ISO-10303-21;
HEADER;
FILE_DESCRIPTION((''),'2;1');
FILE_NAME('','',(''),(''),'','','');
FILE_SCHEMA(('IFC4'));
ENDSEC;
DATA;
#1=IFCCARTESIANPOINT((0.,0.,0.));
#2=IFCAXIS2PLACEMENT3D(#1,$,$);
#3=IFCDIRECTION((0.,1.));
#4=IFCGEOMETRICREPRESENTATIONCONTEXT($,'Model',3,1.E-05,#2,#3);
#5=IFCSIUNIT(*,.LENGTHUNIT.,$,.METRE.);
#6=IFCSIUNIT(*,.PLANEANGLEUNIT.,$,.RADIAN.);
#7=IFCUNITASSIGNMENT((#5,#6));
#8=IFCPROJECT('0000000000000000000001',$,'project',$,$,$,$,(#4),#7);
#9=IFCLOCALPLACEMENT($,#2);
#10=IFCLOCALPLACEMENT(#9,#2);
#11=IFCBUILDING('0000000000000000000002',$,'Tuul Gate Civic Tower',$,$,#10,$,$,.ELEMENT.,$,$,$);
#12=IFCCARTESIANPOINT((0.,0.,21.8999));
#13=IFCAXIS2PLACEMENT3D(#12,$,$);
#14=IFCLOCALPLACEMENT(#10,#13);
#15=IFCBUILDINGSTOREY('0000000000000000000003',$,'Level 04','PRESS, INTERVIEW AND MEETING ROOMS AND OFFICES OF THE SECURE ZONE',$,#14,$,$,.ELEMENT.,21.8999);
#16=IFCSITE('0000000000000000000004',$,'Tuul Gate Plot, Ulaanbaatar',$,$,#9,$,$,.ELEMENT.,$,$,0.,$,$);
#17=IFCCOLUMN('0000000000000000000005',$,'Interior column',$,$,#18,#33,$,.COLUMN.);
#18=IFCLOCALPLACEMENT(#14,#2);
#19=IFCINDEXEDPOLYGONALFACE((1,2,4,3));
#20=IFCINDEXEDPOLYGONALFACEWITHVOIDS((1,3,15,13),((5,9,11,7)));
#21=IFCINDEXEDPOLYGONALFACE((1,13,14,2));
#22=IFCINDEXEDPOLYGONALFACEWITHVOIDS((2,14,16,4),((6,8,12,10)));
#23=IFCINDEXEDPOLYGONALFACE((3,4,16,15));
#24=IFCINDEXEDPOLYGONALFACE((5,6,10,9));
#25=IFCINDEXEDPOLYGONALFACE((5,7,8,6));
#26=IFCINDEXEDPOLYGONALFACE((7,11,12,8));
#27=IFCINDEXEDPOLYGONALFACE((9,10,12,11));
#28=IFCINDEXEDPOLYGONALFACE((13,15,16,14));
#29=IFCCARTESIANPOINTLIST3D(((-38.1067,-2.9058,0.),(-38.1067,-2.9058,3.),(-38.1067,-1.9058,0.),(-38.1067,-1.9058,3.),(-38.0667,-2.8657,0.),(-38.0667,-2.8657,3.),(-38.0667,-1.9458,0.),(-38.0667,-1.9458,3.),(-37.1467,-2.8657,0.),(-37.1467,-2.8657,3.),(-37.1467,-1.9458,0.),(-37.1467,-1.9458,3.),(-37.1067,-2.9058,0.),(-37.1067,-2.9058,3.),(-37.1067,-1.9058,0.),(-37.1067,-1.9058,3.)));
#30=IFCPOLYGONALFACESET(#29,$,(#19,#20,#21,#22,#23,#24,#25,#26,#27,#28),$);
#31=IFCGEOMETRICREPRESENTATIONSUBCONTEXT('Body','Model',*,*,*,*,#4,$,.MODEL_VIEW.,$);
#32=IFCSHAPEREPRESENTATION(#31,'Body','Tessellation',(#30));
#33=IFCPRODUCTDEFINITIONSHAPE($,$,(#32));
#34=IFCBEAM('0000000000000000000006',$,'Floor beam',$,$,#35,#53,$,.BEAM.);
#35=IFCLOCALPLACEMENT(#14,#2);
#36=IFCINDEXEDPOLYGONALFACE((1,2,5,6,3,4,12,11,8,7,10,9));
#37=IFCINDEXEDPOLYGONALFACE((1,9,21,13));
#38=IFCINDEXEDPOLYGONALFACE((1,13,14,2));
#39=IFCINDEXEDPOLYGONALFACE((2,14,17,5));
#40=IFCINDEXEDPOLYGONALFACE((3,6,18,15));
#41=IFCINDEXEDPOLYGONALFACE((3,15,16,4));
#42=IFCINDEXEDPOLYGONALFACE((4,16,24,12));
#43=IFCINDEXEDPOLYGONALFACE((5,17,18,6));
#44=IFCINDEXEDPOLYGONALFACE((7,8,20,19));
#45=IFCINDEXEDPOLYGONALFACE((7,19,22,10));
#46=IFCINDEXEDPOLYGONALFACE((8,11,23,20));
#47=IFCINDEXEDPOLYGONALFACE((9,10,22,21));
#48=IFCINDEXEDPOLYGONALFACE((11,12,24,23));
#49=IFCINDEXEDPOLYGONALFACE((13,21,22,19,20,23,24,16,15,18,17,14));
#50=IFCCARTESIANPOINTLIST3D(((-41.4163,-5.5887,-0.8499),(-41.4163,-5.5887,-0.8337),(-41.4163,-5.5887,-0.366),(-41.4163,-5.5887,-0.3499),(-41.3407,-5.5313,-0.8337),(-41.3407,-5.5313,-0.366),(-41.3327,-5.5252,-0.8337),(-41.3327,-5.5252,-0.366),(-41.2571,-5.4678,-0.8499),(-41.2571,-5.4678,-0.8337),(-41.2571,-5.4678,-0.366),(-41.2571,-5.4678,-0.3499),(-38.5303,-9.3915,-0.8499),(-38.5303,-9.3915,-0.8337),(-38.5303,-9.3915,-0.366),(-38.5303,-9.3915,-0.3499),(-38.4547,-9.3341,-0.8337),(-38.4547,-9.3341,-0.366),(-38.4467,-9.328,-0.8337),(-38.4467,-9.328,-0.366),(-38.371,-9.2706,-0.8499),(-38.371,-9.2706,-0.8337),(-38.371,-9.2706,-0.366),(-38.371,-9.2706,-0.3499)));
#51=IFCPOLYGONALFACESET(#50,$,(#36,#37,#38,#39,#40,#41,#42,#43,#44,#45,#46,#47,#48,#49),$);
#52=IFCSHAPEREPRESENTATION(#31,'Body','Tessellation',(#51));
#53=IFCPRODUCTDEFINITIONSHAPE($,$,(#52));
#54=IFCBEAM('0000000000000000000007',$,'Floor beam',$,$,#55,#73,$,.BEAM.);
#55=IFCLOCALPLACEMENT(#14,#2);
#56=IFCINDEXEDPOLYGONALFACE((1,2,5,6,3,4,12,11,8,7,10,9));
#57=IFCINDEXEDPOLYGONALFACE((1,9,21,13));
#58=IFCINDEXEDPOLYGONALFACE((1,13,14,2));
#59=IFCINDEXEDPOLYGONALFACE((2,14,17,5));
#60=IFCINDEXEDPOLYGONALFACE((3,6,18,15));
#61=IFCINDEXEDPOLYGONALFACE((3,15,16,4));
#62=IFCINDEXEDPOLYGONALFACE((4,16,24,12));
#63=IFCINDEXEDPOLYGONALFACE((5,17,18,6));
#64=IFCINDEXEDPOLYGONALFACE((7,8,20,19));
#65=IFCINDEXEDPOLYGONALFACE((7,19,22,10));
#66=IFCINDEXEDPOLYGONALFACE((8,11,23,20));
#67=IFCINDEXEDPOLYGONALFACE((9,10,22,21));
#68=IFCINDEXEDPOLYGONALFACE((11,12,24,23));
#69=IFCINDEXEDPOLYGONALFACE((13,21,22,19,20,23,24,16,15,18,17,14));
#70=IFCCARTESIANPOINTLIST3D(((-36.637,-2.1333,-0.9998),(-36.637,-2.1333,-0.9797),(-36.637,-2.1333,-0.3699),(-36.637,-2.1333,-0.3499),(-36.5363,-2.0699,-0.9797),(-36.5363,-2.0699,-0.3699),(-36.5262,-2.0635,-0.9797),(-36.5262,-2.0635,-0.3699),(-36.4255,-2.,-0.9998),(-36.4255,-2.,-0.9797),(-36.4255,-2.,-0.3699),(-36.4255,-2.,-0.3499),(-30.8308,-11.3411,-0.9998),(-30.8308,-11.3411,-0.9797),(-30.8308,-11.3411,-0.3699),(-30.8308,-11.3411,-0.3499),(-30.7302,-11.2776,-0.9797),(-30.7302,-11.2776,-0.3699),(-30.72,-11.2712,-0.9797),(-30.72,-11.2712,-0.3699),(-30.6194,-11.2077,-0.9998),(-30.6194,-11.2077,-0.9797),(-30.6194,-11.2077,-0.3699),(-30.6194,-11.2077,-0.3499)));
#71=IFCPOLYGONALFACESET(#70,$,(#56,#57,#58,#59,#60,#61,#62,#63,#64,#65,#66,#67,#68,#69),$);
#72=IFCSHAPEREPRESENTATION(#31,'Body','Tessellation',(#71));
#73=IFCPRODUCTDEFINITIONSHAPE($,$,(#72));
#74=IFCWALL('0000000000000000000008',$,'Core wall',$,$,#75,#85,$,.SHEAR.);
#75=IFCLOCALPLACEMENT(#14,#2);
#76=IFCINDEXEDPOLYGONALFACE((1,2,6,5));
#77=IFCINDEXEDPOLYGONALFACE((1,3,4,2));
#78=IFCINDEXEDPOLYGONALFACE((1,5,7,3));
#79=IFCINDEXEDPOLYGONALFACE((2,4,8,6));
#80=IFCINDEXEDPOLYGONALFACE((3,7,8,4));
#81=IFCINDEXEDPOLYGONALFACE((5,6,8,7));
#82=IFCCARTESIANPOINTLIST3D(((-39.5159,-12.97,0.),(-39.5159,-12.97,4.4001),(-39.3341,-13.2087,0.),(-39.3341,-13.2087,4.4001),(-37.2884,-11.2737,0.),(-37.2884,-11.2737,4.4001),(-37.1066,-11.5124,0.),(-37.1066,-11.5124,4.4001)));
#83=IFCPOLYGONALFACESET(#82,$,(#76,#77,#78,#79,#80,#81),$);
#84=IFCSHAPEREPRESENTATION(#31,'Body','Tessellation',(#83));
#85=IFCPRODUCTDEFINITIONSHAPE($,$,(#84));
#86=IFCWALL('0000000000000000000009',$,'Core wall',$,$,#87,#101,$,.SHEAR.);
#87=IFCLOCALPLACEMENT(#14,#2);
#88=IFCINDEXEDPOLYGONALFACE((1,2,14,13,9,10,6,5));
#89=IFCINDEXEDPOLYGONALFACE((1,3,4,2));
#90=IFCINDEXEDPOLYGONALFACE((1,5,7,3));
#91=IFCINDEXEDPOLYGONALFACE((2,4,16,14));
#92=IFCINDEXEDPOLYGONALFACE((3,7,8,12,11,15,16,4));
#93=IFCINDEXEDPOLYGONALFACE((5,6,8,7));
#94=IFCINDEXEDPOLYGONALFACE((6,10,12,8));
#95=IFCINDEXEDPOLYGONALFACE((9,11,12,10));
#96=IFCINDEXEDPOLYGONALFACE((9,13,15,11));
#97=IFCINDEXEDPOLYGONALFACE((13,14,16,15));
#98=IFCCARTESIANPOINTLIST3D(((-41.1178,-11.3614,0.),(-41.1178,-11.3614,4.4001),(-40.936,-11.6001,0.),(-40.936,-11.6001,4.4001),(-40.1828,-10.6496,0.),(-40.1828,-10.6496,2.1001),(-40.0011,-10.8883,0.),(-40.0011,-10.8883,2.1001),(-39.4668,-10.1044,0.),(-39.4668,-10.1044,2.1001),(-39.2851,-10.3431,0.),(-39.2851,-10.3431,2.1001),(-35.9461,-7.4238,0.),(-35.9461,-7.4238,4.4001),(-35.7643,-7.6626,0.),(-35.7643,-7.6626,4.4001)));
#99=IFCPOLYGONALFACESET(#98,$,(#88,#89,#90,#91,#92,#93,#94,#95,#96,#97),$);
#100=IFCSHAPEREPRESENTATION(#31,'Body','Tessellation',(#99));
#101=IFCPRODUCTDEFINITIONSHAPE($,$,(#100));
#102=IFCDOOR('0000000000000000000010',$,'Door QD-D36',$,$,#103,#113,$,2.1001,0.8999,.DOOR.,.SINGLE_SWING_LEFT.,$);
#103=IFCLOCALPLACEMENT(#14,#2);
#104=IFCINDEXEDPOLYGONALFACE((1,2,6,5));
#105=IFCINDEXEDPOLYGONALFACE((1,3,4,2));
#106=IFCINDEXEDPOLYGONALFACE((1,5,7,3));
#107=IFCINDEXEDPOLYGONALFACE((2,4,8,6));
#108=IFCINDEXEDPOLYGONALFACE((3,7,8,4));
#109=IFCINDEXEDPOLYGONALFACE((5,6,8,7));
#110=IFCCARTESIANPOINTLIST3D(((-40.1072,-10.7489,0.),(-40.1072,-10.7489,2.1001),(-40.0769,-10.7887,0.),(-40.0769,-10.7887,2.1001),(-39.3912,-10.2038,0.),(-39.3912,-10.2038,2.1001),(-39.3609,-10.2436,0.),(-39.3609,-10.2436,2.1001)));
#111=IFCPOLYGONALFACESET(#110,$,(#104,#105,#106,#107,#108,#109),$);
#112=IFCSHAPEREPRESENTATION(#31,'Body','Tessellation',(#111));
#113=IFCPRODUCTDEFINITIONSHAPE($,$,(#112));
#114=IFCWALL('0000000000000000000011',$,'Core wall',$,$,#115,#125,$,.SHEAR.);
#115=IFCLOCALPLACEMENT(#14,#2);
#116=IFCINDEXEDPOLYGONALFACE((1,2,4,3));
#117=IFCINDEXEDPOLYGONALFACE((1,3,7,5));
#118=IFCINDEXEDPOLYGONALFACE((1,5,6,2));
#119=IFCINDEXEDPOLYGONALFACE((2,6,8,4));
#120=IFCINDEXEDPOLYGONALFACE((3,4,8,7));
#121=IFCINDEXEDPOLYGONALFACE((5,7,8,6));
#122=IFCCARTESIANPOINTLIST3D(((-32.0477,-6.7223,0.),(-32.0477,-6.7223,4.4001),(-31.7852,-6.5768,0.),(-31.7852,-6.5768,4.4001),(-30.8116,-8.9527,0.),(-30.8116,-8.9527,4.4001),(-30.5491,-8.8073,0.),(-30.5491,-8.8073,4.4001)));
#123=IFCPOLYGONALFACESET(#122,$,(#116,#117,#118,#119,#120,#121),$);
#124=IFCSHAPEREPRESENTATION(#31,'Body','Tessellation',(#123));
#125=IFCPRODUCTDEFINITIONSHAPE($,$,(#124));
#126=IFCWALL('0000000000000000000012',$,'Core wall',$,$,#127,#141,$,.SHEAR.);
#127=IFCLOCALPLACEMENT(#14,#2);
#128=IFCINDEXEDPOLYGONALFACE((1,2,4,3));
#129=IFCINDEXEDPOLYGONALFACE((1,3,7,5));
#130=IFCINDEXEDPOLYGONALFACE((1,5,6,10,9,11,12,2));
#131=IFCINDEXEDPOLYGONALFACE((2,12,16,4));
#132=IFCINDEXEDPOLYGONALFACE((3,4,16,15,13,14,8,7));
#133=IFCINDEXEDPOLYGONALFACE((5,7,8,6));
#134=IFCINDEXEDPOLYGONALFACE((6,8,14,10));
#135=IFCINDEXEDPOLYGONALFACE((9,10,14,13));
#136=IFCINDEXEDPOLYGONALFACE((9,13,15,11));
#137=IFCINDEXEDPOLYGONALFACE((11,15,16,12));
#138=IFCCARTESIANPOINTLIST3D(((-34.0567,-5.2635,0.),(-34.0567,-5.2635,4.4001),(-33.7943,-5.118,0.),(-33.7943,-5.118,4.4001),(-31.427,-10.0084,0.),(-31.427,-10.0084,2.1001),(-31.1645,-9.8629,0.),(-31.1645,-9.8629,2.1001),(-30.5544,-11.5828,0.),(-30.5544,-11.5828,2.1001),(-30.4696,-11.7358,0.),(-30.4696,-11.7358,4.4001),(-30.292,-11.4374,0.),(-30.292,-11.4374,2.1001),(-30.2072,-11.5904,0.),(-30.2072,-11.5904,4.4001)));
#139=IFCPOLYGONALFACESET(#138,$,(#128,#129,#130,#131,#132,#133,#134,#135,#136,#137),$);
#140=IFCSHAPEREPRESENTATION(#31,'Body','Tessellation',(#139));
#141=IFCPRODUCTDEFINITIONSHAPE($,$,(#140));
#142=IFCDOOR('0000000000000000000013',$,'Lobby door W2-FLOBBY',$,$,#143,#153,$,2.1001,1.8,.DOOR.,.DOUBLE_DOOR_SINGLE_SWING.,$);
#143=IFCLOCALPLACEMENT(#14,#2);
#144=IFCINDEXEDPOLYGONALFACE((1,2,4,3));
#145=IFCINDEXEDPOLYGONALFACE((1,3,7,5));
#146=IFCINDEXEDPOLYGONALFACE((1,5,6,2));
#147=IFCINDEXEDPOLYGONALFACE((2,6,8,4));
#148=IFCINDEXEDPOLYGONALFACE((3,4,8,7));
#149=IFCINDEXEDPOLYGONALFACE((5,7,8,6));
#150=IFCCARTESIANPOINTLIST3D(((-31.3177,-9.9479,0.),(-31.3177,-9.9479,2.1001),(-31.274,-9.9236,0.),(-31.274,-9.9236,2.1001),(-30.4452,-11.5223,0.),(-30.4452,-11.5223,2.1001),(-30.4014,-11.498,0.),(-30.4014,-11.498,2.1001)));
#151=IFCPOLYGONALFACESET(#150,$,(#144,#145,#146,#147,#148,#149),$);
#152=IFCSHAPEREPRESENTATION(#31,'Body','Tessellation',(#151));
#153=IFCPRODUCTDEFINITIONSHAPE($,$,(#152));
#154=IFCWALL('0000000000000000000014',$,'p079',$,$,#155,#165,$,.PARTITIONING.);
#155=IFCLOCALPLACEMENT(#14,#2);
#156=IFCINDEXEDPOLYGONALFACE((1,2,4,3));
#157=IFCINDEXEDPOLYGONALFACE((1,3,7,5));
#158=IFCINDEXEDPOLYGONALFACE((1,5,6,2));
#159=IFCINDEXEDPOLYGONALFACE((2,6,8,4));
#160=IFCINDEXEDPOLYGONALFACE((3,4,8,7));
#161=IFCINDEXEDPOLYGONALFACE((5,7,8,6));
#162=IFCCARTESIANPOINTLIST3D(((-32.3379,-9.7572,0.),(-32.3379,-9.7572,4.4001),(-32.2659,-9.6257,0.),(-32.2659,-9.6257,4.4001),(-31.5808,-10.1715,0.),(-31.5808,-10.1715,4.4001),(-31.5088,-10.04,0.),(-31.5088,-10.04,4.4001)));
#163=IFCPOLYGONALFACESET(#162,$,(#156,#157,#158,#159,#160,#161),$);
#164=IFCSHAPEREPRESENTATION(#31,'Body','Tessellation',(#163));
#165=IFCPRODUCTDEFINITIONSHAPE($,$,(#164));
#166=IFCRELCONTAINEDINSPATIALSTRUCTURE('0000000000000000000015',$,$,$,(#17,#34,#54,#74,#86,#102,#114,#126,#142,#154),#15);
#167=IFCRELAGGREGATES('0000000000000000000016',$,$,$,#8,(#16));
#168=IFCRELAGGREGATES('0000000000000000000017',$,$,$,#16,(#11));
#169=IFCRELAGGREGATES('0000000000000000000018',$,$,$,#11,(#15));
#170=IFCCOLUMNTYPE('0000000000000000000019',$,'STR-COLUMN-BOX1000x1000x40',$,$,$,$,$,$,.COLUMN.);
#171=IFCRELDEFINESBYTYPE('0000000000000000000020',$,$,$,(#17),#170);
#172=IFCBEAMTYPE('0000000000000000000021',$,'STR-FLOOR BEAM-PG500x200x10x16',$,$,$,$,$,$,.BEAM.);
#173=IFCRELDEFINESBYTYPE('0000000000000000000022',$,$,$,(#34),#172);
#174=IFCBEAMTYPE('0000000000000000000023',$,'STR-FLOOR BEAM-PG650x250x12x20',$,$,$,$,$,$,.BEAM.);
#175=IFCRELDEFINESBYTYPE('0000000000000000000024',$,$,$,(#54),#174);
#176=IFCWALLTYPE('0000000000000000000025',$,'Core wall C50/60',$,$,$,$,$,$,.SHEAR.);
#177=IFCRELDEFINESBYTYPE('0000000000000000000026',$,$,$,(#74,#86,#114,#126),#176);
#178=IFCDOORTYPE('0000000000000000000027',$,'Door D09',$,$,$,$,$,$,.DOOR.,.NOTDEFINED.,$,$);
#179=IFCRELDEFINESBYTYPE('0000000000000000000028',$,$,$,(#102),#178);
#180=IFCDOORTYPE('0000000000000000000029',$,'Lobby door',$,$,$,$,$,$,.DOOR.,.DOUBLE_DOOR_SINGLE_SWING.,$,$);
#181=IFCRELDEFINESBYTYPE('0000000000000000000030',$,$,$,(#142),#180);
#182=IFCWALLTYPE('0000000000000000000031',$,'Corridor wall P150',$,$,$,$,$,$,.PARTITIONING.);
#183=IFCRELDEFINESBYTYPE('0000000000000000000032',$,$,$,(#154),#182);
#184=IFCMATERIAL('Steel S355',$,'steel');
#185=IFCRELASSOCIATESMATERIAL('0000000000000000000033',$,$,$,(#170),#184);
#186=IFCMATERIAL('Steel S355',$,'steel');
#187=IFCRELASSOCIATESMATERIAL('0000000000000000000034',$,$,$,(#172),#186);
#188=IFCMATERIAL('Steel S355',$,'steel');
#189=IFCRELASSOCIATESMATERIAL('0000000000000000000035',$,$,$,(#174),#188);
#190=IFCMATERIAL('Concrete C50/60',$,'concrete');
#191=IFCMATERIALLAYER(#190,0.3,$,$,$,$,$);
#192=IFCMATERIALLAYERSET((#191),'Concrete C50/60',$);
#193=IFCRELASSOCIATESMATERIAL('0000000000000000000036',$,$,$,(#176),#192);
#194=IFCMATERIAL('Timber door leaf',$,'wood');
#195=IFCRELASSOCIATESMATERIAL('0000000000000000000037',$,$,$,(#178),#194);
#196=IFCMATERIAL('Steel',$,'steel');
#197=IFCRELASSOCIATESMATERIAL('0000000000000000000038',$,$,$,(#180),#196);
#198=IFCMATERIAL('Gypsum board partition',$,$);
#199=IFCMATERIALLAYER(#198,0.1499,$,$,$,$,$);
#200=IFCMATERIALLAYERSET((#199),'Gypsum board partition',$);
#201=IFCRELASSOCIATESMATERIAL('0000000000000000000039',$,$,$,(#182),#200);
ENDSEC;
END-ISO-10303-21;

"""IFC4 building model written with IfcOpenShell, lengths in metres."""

from ifc_helpers import new_model, si_unit, direction, frame, frame_2d, origin, origin_2d, place, context, subcontext, project, spatial, rectangle, hollow_rectangle, i_section, extrude, material, layer, layer_set, material_profile, profile_set, type_object, element, fill, save


model = new_model("IFC4")

# Units and contexts
model_context = context("Model", 3, precision=1e-05, world=origin(), true_north=direction((0.0, 1.0)))
body_context = subcontext(model_context, "Body", "Model", "MODEL_VIEW")
ifc_project = project(units=[si_unit("LENGTHUNIT", "METRE"), si_unit("PLANEANGLEUNIT", "RADIAN")], contexts=[model_context])

# Site, building, storey
site_placement = place(None, origin())
site = spatial("IfcSite", under=ifc_project, at=site_placement, Name="Tuul Gate Plot, Ulaanbaatar", CompositionType="ELEMENT", RefElevation=0.0)
building_placement = place(site_placement, origin())
building = spatial("IfcBuilding", under=site, at=building_placement, Name="Tuul Gate Civic Tower", CompositionType="ELEMENT")
storey_placement = place(building_placement, frame((0.0, 0.0, 21.8999)))
storey = spatial("IfcBuildingStorey", under=building, at=storey_placement, Name="Level 04", Description="PRESS, INTERVIEW AND MEETING ROOMS AND OFFICES OF THE SECURE ZONE", CompositionType="ELEMENT", Elevation=21.8999)

# Column
ifc_material_1 = material(Name="Steel S355", Category="steel")
ifc_material_profile_1 = material_profile(ifc_material_1, hollow_rectangle(XDim=1.0, YDim=1.0, WallThickness=0.04, at=origin_2d()), Name="BOX1000x1000x40")
ifc_profile_set_1 = profile_set([ifc_material_profile_1], Name="Steel S355")
column_type = type_object("IfcColumnType", Name="STR-COLUMN-BOX1000x1000x40", PredefinedType="COLUMN", material=ifc_profile_set_1)
column_placement = place(storey_placement, frame((-37.6067, -2.4058, 0.0), z_axis=(0.0, 0.0, 1.0), x_axis=(1.0, 0.0, 0.0)))
element("IfcColumn", 1, at=column_placement, inside=storey, type_object=column_type, Name="Interior column", PredefinedType="COLUMN", context=body_context, shape_type="SweptSolid", body=[
    extrude(hollow_rectangle(XDim=1.0, YDim=1.0, WallThickness=0.04, at=origin_2d()), origin(), (0.0, 0.0, 1.0), 3.0),
])

# Beams
ifc_material_2 = material(Name="Steel S355", Category="steel")
ifc_material_profile_2 = material_profile(ifc_material_2, i_section(OverallWidth=0.2, OverallDepth=0.5, WebThickness=0.01, FlangeThickness=0.0161, at=origin_2d()), Name="PG500x200x10x16")
ifc_profile_set_2 = profile_set([ifc_material_profile_2], Name="Steel S355")
beam_type_1 = type_object("IfcBeamType", Name="STR-FLOOR BEAM-PG500x200x10x16", PredefinedType="BEAM", material=ifc_profile_set_2)
beam_1_placement = place(storey_placement, frame((-38.4507, -9.3311, -0.5999), z_axis=(-0.60454, 0.796575, 0.0), x_axis=(-0.796575, -0.60454, 0.0)))
element("IfcBeam", 2, at=beam_1_placement, inside=storey, type_object=beam_type_1, Name="Floor beam", PredefinedType="BEAM", context=body_context, shape_type="SweptSolid", body=[
    extrude(i_section(OverallWidth=0.2, OverallDepth=0.5, WebThickness=0.01, FlangeThickness=0.0161, at=origin_2d()), origin(), (0.0, 0.0, 1.0), 4.7739),
])
ifc_material_3 = material(Name="Steel S355", Category="steel")
ifc_material_profile_3 = material_profile(ifc_material_3, i_section(OverallWidth=0.25, OverallDepth=0.6499, WebThickness=0.012, FlangeThickness=0.02, at=origin_2d()), Name="PG650x250x12x20")
ifc_profile_set_3 = profile_set([ifc_material_profile_3], Name="Steel S355")
beam_type_2 = type_object("IfcBeamType", Name="STR-FLOOR BEAM-PG650x250x12x20", PredefinedType="BEAM", material=ifc_profile_set_3)
beam_2_placement = place(storey_placement, frame((-30.7251, -11.2744, -0.6748), z_axis=(-0.533384, 0.845873, 0.0), x_axis=(-0.845873, -0.533384, 0.0)))
element("IfcBeam", 3, at=beam_2_placement, inside=storey, type_object=beam_type_2, Name="Floor beam", PredefinedType="BEAM", context=body_context, shape_type="SweptSolid", body=[
    extrude(i_section(OverallWidth=0.25, OverallDepth=0.6499, WebThickness=0.012, FlangeThickness=0.02, at=origin_2d()), origin(), (0.0, 0.0, 1.0), 10.8855),
])

# Wall
ifc_material_4 = material(Name="Concrete C50/60", Category="concrete")
ifc_layer_1 = layer(ifc_material_4, 0.3)
ifc_layer_set_1 = layer_set([ifc_layer_1], Name="Concrete C50/60")
wall_type_1 = type_object("IfcWallType", Name="Core wall C50/60", PredefinedType="SHEAR", material=ifc_layer_set_1)
wall_1_placement = place(storey_placement, frame((-37.1975, -11.3931, 0.0), z_axis=(0.0, 0.0, 1.0), x_axis=(-0.795584, -0.605844, 0.0)))
element("IfcWall", 4, at=wall_1_placement, inside=storey, type_object=wall_type_1, Name="Core wall", PredefinedType="SHEAR", context=body_context, shape_type="SweptSolid", body=[
    extrude(rectangle(XDim=2.7998, YDim=0.3, at=frame_2d((1.3999, 0.0))), origin(), (0.0, 0.0, 1.0), 4.4001),
])

# Wall, opening, door
wall_2_placement = place(storey_placement, frame((-35.8552, -7.5432, 0.0), z_axis=(0.0, 0.0, 1.0), x_axis=(-0.795639, -0.605772, 0.0)))
wall_2 = element("IfcWall", 5, at=wall_2_placement, inside=storey, type_object=wall_type_1, Name="Core wall", PredefinedType="SHEAR", context=body_context, shape_type="SweptSolid", body=[
    extrude(rectangle(XDim=6.5, YDim=0.3, at=frame_2d((3.25, 0.0))), origin(), (0.0, 0.0, 1.0), 4.4001),
])
opening_1_placement = place(wall_2_placement, frame((4.425, 0.0, 0.0)))
opening_1 = element("IfcOpeningElement", 6, at=opening_1_placement, cuts=wall_2, PredefinedType="OPENING", context=body_context, shape_type="SweptSolid", body=[
    extrude(rectangle(XDim=0.8999, YDim=2.1001, at=frame_2d((0.45, 1.05))), frame((0.0, 0.1602, 0.0), z_axis=(0.0, -1.0, 0.0), x_axis=(1.0, 0.0, 0.0)), (0.0, 0.0, 1.0), 0.3201),
])
ifc_material_5 = material(Name="Timber door leaf", Category="wood")
door_type_1 = type_object("IfcDoorType", Name="Door D09", OperationType="NOTDEFINED", PredefinedType="DOOR", material=ifc_material_5)
door_1_placement = place(opening_1_placement, origin())
door_1 = element("IfcDoor", 7, at=door_1_placement, inside=storey, type_object=door_type_1, Name="Door QD-D36", OperationType="SINGLE_SWING_LEFT", OverallHeight=2.1001, OverallWidth=0.8999, PredefinedType="DOOR", context=body_context, shape_type="SweptSolid", body=[
    extrude(rectangle(XDim=0.8999, YDim=2.1001, at=frame_2d((0.45, 1.05))), frame((0.0, 0.0249, 0.0), z_axis=(0.0, -1.0, 0.0), x_axis=(1.0, 0.0, 0.0)), (0.0, 0.0, 1.0), 0.05),
])
fill(opening_1, door_1)

# Wall
wall_3_placement = place(storey_placement, frame((-30.6804, -8.8799, 0.0), z_axis=(0.0, 0.0, 1.0), x_axis=(-0.484724, 0.874667, 0.0)))
element("IfcWall", 8, at=wall_3_placement, inside=storey, type_object=wall_type_1, Name="Core wall", PredefinedType="SHEAR", context=body_context, shape_type="SweptSolid", body=[
    extrude(rectangle(XDim=2.55, YDim=0.3, at=frame_2d((1.2749, 0.0))), origin(), (0.0, 0.0, 1.0), 4.4001),
])

# Wall, opening, door
wall_4_placement = place(storey_placement, frame((-30.3384, -11.6631, 0.0), z_axis=(0.0, 0.0, 1.0), x_axis=(-0.484752, 0.874652, 0.0)))
wall_4 = element("IfcWall", 9, at=wall_4_placement, inside=storey, type_object=wall_type_1, Name="Core wall", PredefinedType="SHEAR", context=body_context, shape_type="SweptSolid", body=[
    extrude(rectangle(XDim=7.3999, YDim=0.3, at=frame_2d((3.7, 0.0))), origin(), (0.0, 0.0, 1.0), 4.4001),
])
opening_2_placement = place(wall_4_placement, frame((0.175, 0.0, 0.0)))
opening_2 = element("IfcOpeningElement", 10, at=opening_2_placement, cuts=wall_4, PredefinedType="OPENING", context=body_context, shape_type="SweptSolid", body=[
    extrude(rectangle(XDim=1.8, YDim=2.1001, at=frame_2d((0.8999, 1.05))), frame((0.0, 0.1602, 0.0), z_axis=(0.0, -1.0, 0.0), x_axis=(1.0, 0.0, 0.0)), (0.0, 0.0, 1.0), 0.3201),
])
ifc_material_6 = material(Name="Steel", Category="steel")
door_type_2 = type_object("IfcDoorType", Name="Lobby door", OperationType="DOUBLE_DOOR_SINGLE_SWING", PredefinedType="DOOR", material=ifc_material_6)
door_2_placement = place(opening_2_placement, frame((1.8, 0.0, 0.0), z_axis=(0.0, 0.0, 1.0), x_axis=(-1.0, 0.0, 0.0)))
door_2 = element("IfcDoor", 11, at=door_2_placement, inside=storey, type_object=door_type_2, Name="Lobby door W2-FLOBBY", OperationType="DOUBLE_DOOR_SINGLE_SWING", OverallHeight=2.1001, OverallWidth=1.8, PredefinedType="DOOR", context=body_context, shape_type="SweptSolid", body=[
    extrude(rectangle(XDim=1.8, YDim=2.1001, at=frame_2d((0.9001, 1.05))), frame((0.0, 0.0249, 0.0), z_axis=(0.0, -1.0, 0.0), x_axis=(1.0, 0.0, 0.0)), (0.0, 0.0, 1.0), 0.05),
])
fill(opening_2, door_2)

# Wall
ifc_material_7 = material(Name="Gypsum board partition")
ifc_layer_2 = layer(ifc_material_7, 0.1499)
ifc_layer_set_2 = layer_set([ifc_layer_2], Name="Gypsum board partition")
wall_type_2 = type_object("IfcWallType", Name="Corridor wall P150", PredefinedType="PARTITIONING", material=ifc_layer_set_2)
wall_5_placement = place(storey_placement, frame((-32.302, -9.6914, 0.0), z_axis=(0.0, 0.0, 1.0), x_axis=(0.877235, -0.480061, 0.0)))
element("IfcWall", 12, at=wall_5_placement, inside=storey, type_object=wall_type_2, Name="p079", PredefinedType="PARTITIONING", context=body_context, shape_type="SweptSolid", body=[
    extrude(rectangle(XDim=0.863, YDim=0.1499, at=frame_2d((0.4316, 0.0))), origin(), (0.0, 0.0, 1.0), 4.4001),
])

save(model, "model.ifc")
